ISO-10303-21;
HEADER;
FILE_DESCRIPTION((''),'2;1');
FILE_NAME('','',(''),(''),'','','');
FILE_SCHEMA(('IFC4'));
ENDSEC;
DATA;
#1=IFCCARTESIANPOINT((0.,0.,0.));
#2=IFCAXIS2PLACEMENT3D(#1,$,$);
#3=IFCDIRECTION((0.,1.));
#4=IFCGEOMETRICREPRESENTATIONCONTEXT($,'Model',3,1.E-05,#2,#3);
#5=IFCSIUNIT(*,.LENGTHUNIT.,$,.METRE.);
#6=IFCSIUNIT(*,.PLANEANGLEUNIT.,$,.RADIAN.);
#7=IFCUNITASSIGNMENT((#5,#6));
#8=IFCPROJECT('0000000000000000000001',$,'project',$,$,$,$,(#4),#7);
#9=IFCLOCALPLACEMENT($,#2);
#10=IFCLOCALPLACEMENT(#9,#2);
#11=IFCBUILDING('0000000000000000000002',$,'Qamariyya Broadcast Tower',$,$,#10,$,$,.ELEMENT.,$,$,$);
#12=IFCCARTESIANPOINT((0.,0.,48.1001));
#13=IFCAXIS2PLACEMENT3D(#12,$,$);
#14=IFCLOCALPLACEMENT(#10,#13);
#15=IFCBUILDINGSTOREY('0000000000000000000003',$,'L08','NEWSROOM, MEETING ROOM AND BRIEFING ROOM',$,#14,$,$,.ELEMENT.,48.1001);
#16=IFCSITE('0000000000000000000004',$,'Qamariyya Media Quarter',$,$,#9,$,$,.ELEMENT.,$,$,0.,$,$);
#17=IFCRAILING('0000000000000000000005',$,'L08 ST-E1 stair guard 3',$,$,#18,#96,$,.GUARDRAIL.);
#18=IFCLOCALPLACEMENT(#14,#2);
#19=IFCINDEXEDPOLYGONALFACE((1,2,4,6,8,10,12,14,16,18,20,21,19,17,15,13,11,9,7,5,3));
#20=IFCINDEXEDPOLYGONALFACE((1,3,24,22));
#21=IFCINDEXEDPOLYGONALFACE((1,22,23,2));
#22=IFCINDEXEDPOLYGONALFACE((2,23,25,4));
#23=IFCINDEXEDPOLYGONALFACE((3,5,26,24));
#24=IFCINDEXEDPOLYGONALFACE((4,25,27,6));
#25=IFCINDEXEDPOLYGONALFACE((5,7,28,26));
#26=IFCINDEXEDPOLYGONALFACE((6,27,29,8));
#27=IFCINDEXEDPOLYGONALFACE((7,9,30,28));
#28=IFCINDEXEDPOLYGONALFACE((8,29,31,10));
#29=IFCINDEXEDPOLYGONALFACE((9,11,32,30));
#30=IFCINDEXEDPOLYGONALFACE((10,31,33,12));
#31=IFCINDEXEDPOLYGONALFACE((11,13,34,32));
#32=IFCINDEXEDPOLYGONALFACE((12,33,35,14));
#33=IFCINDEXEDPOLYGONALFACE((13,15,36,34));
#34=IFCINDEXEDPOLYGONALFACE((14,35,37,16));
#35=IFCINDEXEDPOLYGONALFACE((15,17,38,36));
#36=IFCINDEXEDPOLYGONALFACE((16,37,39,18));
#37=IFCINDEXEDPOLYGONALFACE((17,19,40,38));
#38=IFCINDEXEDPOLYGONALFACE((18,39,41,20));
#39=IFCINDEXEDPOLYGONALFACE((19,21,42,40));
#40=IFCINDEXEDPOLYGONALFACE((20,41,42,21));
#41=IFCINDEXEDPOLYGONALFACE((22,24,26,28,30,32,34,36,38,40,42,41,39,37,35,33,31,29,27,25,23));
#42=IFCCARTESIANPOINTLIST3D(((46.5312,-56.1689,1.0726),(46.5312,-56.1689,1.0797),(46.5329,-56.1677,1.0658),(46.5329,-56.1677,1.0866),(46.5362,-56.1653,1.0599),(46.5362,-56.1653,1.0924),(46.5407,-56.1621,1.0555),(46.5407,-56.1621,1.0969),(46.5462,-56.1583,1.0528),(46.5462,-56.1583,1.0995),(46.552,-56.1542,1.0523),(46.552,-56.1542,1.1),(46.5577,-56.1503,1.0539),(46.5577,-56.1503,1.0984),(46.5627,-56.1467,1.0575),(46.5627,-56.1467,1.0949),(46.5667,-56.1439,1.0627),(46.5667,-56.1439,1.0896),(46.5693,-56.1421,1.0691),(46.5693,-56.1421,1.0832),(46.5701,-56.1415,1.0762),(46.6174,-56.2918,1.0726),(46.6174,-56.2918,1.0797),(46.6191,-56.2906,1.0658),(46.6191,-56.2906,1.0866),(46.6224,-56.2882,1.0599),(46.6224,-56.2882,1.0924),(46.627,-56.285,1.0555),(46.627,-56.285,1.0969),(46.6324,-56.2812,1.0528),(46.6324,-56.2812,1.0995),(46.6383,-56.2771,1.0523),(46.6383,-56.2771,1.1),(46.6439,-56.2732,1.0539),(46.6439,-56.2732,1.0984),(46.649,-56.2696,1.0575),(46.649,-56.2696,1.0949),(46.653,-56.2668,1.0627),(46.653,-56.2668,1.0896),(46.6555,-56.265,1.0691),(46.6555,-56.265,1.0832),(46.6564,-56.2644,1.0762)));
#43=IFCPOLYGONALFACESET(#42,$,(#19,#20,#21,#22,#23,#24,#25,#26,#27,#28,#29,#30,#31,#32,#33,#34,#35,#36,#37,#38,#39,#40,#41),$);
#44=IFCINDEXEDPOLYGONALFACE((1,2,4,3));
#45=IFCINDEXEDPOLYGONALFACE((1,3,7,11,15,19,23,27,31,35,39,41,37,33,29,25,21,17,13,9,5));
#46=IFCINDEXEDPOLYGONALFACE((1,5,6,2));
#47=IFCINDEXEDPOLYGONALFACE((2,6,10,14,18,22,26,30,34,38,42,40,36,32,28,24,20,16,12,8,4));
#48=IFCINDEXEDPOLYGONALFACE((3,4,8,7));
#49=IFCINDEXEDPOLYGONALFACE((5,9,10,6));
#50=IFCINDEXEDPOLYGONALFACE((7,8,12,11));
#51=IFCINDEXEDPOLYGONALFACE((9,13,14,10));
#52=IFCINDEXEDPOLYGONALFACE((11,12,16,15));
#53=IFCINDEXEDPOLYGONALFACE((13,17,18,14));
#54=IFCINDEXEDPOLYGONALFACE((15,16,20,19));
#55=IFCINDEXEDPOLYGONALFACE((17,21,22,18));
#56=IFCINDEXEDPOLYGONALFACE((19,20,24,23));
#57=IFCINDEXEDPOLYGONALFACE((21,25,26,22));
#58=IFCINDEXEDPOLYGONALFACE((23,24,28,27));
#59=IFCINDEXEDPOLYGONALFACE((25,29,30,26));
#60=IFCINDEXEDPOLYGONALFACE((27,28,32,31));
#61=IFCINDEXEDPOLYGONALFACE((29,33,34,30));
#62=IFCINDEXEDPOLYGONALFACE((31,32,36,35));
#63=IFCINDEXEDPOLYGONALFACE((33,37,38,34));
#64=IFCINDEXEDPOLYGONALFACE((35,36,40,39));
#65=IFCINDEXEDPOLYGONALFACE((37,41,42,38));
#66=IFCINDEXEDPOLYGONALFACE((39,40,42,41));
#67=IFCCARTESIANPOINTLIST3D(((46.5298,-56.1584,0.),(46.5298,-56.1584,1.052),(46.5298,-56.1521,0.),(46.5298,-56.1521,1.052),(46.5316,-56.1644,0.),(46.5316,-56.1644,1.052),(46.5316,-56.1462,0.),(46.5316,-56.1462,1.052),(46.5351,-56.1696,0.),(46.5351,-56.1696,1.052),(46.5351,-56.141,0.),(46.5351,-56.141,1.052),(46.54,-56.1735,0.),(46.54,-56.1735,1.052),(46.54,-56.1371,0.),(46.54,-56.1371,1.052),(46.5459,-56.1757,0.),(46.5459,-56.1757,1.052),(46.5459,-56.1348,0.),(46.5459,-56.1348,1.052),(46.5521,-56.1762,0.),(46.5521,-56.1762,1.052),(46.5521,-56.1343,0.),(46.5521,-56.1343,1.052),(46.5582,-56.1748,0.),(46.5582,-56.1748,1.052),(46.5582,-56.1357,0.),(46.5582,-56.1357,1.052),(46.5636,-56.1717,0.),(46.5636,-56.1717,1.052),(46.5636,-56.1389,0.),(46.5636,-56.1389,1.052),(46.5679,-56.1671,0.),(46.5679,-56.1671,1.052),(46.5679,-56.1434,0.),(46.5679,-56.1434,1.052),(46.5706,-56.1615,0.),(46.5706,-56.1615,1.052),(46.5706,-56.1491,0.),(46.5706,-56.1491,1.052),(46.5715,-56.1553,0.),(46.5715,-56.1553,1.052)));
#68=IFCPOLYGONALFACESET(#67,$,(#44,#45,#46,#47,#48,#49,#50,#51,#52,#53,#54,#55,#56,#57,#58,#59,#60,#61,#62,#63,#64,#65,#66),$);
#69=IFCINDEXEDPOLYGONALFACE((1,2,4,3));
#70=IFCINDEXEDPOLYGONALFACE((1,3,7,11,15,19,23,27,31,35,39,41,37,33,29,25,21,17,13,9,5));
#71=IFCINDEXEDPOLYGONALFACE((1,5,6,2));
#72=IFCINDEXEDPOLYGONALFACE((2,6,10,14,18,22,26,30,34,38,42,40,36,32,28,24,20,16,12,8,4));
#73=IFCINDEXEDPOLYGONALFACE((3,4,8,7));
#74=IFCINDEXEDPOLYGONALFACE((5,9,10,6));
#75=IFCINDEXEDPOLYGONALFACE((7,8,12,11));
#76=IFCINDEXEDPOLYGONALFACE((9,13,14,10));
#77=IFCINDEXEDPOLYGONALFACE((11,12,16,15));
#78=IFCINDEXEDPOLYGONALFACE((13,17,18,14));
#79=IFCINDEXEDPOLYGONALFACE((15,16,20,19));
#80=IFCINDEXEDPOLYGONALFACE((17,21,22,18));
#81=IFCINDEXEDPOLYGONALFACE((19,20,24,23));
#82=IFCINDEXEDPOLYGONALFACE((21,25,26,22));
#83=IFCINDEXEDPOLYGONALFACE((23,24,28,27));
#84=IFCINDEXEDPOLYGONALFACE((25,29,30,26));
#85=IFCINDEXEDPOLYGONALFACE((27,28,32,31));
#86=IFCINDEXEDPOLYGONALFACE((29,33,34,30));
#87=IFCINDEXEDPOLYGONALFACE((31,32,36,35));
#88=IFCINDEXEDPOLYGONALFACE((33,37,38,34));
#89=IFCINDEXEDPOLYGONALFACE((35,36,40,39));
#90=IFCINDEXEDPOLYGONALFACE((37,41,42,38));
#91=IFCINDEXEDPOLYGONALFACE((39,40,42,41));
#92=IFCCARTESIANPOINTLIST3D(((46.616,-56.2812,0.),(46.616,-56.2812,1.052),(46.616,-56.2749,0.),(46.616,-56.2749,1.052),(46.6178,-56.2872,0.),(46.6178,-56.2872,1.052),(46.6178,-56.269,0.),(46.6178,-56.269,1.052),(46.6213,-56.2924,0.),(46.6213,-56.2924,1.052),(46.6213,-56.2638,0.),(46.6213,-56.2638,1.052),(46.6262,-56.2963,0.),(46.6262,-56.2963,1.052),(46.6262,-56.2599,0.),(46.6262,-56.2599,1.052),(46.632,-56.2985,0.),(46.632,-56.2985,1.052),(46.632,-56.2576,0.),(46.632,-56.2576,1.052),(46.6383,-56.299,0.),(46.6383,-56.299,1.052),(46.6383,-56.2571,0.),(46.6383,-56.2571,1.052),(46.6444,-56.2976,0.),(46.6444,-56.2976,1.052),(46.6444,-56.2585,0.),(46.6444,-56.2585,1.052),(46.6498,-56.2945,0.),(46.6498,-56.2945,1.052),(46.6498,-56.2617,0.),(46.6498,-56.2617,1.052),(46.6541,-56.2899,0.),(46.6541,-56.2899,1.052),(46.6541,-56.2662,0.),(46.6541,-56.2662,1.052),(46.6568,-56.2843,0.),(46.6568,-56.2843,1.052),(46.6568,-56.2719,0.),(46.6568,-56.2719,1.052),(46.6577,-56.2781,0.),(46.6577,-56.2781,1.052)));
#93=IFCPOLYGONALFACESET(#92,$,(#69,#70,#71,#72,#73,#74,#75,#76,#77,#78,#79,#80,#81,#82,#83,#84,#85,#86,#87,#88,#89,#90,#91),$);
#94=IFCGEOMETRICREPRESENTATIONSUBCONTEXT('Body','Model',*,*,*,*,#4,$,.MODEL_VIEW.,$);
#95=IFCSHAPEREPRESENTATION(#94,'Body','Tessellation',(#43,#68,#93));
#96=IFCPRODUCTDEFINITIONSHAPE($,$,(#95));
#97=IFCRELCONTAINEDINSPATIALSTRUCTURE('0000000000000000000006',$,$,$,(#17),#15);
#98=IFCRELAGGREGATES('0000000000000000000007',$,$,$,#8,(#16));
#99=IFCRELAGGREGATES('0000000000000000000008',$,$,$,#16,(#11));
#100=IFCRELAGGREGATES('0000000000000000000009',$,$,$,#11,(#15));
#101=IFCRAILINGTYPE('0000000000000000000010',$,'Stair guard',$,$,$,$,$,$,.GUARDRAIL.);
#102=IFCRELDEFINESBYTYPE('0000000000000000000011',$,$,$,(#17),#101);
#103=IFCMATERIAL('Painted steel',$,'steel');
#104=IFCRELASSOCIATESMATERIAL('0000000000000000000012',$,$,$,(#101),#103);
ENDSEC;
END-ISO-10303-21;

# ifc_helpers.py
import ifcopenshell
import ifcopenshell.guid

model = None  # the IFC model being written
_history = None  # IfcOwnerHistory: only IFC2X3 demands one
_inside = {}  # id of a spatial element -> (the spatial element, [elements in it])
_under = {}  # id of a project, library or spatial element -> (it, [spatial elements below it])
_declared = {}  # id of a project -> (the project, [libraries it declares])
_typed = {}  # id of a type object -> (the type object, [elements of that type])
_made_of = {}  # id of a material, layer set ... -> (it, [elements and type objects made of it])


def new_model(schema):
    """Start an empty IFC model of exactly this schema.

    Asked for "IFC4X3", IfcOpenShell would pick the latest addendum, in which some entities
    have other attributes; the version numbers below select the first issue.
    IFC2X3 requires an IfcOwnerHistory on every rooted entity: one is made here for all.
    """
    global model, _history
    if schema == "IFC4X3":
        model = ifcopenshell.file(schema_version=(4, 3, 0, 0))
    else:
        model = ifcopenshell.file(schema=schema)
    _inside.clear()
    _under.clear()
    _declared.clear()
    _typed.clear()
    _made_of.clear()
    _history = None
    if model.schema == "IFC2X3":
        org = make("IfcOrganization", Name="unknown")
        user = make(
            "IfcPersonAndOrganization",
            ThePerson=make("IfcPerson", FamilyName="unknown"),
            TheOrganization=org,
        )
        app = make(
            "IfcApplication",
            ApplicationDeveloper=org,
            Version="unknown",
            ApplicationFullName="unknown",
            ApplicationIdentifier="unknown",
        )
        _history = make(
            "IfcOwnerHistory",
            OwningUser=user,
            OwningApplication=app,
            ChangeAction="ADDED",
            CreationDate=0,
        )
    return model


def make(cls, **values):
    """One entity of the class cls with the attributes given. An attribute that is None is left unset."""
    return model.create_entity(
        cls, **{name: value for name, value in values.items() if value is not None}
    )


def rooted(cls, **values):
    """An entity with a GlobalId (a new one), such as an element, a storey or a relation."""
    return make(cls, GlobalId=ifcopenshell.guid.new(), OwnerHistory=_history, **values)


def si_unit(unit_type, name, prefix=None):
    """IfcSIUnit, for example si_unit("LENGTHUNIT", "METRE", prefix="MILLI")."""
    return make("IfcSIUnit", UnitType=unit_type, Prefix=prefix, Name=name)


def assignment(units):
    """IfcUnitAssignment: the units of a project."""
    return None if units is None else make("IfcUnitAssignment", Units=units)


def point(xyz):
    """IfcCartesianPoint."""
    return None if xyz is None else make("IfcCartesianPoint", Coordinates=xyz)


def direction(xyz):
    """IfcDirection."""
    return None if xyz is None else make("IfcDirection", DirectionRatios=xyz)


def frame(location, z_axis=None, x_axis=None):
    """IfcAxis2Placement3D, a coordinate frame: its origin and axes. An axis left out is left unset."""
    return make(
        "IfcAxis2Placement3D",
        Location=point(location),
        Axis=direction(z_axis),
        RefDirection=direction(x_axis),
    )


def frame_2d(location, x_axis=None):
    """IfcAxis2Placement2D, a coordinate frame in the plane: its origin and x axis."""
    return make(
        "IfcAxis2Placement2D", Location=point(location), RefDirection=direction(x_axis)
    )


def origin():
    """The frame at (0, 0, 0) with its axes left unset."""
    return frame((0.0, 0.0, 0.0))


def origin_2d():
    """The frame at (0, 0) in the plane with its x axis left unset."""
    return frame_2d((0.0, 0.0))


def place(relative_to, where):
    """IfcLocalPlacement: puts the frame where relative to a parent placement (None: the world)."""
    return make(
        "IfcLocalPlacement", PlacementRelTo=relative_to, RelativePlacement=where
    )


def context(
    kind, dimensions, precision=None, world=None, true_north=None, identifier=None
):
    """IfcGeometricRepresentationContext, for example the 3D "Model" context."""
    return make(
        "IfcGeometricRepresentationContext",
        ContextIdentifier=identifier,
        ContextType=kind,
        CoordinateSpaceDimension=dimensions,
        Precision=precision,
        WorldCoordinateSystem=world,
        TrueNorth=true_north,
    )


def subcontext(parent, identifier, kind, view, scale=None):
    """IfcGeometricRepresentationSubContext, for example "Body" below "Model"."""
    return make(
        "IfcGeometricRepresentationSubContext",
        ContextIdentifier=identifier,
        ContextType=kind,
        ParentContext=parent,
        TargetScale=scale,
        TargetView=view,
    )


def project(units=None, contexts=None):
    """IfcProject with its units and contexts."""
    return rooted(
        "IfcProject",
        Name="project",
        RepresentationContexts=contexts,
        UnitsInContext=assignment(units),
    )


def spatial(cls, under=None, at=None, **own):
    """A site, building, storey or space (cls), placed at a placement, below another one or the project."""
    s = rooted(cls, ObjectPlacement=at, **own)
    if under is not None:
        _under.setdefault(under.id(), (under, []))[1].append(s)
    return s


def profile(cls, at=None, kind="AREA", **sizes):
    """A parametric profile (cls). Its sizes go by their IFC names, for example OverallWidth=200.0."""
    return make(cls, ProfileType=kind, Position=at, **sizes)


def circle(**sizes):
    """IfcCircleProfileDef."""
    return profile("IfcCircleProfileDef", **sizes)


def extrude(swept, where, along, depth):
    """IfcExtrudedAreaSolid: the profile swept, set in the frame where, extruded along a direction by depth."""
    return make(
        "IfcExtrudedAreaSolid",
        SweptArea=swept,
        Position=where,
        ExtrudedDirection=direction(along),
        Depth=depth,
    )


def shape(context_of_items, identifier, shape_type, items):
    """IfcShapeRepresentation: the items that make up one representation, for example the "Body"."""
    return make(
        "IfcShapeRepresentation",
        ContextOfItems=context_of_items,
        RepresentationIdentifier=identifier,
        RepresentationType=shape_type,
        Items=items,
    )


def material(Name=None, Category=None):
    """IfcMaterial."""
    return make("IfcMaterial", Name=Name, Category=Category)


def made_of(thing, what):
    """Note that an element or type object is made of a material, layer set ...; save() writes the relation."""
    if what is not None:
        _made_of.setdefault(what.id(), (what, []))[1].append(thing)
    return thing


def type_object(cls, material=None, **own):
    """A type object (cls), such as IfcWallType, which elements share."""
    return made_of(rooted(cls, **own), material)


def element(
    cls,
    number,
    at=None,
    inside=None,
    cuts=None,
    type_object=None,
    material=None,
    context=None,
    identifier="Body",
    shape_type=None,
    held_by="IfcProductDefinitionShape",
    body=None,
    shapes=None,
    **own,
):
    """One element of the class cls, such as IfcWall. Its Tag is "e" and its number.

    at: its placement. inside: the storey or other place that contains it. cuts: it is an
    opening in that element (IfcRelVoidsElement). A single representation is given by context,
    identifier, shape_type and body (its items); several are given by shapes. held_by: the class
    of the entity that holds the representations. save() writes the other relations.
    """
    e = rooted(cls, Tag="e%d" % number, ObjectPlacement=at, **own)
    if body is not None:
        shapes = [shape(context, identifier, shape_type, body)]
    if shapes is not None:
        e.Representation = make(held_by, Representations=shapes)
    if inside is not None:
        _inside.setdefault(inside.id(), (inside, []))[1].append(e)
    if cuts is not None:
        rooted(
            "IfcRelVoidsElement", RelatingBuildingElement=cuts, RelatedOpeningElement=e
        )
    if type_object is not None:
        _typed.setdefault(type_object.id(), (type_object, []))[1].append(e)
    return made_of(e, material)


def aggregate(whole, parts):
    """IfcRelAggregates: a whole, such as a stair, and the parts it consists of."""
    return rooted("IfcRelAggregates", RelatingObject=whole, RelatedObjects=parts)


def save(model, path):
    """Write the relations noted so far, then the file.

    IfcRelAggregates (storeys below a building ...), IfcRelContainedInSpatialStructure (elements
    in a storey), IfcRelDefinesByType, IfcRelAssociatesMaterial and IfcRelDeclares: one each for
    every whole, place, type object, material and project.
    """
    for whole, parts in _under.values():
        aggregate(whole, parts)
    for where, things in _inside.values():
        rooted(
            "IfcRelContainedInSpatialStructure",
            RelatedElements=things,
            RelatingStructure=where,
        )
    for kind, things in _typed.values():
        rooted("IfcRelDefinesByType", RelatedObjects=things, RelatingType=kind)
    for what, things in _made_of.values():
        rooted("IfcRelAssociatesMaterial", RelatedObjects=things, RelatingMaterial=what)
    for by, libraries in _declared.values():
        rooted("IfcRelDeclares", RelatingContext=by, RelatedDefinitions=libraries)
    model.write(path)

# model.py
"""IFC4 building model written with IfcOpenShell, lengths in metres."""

from ifc_helpers import new_model, si_unit, direction, frame, origin, origin_2d, place, context, subcontext, project, spatial, circle, extrude, material, type_object, element, save


model = new_model("IFC4")

# Units and contexts
model_context = context("Model", 3, precision=1e-05, world=origin(), true_north=direction((0.0, 1.0)))
body_context = subcontext(model_context, "Body", "Model", "MODEL_VIEW")
ifc_project = project(units=[si_unit("LENGTHUNIT", "METRE"), si_unit("PLANEANGLEUNIT", "RADIAN")], contexts=[model_context])

# Site, building, storey
site_placement = place(None, origin())
site = spatial("IfcSite", under=ifc_project, at=site_placement, Name="Qamariyya Media Quarter", CompositionType="ELEMENT", RefElevation=0.0)
building_placement = place(site_placement, origin())
building = spatial("IfcBuilding", under=site, at=building_placement, Name="Qamariyya Broadcast Tower", CompositionType="ELEMENT")
storey_placement = place(building_placement, frame((0.0, 0.0, 48.1001)))
storey = spatial("IfcBuildingStorey", under=building, at=storey_placement, Name="L08", Description="NEWSROOM, MEETING ROOM AND BRIEFING ROOM", CompositionType="ELEMENT", Elevation=48.1001)

# Railing
ifc_material_1 = material(Name="Painted steel", Category="steel")
railing_type_1 = type_object("IfcRailingType", Name="Stair guard", PredefinedType="GUARDRAIL", material=ifc_material_1)
railing_1_placement = place(storey_placement, frame((46.5505, -56.1553, 0.0)))
element("IfcRailing", 1, at=railing_1_placement, inside=storey, type_object=railing_type_1, Name="L08 ST-E1 stair guard 3", PredefinedType="GUARDRAIL", context=body_context, shape_type="SweptSolid", body=[
    extrude(circle(Radius=0.0239, at=origin_2d()), frame((0.0, 0.0, 1.0762), z_axis=(0.574445, -0.818543, 0.0), x_axis=(0.818543, 0.574445, 0.0)), (0.0, 0.0, 1.0), 0.1501),
    extrude(circle(Radius=0.021, at=origin_2d()), origin(), (0.0, 0.0, 1.0), 1.052),
    extrude(circle(Radius=0.021, at=origin_2d()), frame((0.0862, -0.1228, 0.0)), (0.0, 0.0, 1.0), 1.052),
])

save(model, "model.ifc")
